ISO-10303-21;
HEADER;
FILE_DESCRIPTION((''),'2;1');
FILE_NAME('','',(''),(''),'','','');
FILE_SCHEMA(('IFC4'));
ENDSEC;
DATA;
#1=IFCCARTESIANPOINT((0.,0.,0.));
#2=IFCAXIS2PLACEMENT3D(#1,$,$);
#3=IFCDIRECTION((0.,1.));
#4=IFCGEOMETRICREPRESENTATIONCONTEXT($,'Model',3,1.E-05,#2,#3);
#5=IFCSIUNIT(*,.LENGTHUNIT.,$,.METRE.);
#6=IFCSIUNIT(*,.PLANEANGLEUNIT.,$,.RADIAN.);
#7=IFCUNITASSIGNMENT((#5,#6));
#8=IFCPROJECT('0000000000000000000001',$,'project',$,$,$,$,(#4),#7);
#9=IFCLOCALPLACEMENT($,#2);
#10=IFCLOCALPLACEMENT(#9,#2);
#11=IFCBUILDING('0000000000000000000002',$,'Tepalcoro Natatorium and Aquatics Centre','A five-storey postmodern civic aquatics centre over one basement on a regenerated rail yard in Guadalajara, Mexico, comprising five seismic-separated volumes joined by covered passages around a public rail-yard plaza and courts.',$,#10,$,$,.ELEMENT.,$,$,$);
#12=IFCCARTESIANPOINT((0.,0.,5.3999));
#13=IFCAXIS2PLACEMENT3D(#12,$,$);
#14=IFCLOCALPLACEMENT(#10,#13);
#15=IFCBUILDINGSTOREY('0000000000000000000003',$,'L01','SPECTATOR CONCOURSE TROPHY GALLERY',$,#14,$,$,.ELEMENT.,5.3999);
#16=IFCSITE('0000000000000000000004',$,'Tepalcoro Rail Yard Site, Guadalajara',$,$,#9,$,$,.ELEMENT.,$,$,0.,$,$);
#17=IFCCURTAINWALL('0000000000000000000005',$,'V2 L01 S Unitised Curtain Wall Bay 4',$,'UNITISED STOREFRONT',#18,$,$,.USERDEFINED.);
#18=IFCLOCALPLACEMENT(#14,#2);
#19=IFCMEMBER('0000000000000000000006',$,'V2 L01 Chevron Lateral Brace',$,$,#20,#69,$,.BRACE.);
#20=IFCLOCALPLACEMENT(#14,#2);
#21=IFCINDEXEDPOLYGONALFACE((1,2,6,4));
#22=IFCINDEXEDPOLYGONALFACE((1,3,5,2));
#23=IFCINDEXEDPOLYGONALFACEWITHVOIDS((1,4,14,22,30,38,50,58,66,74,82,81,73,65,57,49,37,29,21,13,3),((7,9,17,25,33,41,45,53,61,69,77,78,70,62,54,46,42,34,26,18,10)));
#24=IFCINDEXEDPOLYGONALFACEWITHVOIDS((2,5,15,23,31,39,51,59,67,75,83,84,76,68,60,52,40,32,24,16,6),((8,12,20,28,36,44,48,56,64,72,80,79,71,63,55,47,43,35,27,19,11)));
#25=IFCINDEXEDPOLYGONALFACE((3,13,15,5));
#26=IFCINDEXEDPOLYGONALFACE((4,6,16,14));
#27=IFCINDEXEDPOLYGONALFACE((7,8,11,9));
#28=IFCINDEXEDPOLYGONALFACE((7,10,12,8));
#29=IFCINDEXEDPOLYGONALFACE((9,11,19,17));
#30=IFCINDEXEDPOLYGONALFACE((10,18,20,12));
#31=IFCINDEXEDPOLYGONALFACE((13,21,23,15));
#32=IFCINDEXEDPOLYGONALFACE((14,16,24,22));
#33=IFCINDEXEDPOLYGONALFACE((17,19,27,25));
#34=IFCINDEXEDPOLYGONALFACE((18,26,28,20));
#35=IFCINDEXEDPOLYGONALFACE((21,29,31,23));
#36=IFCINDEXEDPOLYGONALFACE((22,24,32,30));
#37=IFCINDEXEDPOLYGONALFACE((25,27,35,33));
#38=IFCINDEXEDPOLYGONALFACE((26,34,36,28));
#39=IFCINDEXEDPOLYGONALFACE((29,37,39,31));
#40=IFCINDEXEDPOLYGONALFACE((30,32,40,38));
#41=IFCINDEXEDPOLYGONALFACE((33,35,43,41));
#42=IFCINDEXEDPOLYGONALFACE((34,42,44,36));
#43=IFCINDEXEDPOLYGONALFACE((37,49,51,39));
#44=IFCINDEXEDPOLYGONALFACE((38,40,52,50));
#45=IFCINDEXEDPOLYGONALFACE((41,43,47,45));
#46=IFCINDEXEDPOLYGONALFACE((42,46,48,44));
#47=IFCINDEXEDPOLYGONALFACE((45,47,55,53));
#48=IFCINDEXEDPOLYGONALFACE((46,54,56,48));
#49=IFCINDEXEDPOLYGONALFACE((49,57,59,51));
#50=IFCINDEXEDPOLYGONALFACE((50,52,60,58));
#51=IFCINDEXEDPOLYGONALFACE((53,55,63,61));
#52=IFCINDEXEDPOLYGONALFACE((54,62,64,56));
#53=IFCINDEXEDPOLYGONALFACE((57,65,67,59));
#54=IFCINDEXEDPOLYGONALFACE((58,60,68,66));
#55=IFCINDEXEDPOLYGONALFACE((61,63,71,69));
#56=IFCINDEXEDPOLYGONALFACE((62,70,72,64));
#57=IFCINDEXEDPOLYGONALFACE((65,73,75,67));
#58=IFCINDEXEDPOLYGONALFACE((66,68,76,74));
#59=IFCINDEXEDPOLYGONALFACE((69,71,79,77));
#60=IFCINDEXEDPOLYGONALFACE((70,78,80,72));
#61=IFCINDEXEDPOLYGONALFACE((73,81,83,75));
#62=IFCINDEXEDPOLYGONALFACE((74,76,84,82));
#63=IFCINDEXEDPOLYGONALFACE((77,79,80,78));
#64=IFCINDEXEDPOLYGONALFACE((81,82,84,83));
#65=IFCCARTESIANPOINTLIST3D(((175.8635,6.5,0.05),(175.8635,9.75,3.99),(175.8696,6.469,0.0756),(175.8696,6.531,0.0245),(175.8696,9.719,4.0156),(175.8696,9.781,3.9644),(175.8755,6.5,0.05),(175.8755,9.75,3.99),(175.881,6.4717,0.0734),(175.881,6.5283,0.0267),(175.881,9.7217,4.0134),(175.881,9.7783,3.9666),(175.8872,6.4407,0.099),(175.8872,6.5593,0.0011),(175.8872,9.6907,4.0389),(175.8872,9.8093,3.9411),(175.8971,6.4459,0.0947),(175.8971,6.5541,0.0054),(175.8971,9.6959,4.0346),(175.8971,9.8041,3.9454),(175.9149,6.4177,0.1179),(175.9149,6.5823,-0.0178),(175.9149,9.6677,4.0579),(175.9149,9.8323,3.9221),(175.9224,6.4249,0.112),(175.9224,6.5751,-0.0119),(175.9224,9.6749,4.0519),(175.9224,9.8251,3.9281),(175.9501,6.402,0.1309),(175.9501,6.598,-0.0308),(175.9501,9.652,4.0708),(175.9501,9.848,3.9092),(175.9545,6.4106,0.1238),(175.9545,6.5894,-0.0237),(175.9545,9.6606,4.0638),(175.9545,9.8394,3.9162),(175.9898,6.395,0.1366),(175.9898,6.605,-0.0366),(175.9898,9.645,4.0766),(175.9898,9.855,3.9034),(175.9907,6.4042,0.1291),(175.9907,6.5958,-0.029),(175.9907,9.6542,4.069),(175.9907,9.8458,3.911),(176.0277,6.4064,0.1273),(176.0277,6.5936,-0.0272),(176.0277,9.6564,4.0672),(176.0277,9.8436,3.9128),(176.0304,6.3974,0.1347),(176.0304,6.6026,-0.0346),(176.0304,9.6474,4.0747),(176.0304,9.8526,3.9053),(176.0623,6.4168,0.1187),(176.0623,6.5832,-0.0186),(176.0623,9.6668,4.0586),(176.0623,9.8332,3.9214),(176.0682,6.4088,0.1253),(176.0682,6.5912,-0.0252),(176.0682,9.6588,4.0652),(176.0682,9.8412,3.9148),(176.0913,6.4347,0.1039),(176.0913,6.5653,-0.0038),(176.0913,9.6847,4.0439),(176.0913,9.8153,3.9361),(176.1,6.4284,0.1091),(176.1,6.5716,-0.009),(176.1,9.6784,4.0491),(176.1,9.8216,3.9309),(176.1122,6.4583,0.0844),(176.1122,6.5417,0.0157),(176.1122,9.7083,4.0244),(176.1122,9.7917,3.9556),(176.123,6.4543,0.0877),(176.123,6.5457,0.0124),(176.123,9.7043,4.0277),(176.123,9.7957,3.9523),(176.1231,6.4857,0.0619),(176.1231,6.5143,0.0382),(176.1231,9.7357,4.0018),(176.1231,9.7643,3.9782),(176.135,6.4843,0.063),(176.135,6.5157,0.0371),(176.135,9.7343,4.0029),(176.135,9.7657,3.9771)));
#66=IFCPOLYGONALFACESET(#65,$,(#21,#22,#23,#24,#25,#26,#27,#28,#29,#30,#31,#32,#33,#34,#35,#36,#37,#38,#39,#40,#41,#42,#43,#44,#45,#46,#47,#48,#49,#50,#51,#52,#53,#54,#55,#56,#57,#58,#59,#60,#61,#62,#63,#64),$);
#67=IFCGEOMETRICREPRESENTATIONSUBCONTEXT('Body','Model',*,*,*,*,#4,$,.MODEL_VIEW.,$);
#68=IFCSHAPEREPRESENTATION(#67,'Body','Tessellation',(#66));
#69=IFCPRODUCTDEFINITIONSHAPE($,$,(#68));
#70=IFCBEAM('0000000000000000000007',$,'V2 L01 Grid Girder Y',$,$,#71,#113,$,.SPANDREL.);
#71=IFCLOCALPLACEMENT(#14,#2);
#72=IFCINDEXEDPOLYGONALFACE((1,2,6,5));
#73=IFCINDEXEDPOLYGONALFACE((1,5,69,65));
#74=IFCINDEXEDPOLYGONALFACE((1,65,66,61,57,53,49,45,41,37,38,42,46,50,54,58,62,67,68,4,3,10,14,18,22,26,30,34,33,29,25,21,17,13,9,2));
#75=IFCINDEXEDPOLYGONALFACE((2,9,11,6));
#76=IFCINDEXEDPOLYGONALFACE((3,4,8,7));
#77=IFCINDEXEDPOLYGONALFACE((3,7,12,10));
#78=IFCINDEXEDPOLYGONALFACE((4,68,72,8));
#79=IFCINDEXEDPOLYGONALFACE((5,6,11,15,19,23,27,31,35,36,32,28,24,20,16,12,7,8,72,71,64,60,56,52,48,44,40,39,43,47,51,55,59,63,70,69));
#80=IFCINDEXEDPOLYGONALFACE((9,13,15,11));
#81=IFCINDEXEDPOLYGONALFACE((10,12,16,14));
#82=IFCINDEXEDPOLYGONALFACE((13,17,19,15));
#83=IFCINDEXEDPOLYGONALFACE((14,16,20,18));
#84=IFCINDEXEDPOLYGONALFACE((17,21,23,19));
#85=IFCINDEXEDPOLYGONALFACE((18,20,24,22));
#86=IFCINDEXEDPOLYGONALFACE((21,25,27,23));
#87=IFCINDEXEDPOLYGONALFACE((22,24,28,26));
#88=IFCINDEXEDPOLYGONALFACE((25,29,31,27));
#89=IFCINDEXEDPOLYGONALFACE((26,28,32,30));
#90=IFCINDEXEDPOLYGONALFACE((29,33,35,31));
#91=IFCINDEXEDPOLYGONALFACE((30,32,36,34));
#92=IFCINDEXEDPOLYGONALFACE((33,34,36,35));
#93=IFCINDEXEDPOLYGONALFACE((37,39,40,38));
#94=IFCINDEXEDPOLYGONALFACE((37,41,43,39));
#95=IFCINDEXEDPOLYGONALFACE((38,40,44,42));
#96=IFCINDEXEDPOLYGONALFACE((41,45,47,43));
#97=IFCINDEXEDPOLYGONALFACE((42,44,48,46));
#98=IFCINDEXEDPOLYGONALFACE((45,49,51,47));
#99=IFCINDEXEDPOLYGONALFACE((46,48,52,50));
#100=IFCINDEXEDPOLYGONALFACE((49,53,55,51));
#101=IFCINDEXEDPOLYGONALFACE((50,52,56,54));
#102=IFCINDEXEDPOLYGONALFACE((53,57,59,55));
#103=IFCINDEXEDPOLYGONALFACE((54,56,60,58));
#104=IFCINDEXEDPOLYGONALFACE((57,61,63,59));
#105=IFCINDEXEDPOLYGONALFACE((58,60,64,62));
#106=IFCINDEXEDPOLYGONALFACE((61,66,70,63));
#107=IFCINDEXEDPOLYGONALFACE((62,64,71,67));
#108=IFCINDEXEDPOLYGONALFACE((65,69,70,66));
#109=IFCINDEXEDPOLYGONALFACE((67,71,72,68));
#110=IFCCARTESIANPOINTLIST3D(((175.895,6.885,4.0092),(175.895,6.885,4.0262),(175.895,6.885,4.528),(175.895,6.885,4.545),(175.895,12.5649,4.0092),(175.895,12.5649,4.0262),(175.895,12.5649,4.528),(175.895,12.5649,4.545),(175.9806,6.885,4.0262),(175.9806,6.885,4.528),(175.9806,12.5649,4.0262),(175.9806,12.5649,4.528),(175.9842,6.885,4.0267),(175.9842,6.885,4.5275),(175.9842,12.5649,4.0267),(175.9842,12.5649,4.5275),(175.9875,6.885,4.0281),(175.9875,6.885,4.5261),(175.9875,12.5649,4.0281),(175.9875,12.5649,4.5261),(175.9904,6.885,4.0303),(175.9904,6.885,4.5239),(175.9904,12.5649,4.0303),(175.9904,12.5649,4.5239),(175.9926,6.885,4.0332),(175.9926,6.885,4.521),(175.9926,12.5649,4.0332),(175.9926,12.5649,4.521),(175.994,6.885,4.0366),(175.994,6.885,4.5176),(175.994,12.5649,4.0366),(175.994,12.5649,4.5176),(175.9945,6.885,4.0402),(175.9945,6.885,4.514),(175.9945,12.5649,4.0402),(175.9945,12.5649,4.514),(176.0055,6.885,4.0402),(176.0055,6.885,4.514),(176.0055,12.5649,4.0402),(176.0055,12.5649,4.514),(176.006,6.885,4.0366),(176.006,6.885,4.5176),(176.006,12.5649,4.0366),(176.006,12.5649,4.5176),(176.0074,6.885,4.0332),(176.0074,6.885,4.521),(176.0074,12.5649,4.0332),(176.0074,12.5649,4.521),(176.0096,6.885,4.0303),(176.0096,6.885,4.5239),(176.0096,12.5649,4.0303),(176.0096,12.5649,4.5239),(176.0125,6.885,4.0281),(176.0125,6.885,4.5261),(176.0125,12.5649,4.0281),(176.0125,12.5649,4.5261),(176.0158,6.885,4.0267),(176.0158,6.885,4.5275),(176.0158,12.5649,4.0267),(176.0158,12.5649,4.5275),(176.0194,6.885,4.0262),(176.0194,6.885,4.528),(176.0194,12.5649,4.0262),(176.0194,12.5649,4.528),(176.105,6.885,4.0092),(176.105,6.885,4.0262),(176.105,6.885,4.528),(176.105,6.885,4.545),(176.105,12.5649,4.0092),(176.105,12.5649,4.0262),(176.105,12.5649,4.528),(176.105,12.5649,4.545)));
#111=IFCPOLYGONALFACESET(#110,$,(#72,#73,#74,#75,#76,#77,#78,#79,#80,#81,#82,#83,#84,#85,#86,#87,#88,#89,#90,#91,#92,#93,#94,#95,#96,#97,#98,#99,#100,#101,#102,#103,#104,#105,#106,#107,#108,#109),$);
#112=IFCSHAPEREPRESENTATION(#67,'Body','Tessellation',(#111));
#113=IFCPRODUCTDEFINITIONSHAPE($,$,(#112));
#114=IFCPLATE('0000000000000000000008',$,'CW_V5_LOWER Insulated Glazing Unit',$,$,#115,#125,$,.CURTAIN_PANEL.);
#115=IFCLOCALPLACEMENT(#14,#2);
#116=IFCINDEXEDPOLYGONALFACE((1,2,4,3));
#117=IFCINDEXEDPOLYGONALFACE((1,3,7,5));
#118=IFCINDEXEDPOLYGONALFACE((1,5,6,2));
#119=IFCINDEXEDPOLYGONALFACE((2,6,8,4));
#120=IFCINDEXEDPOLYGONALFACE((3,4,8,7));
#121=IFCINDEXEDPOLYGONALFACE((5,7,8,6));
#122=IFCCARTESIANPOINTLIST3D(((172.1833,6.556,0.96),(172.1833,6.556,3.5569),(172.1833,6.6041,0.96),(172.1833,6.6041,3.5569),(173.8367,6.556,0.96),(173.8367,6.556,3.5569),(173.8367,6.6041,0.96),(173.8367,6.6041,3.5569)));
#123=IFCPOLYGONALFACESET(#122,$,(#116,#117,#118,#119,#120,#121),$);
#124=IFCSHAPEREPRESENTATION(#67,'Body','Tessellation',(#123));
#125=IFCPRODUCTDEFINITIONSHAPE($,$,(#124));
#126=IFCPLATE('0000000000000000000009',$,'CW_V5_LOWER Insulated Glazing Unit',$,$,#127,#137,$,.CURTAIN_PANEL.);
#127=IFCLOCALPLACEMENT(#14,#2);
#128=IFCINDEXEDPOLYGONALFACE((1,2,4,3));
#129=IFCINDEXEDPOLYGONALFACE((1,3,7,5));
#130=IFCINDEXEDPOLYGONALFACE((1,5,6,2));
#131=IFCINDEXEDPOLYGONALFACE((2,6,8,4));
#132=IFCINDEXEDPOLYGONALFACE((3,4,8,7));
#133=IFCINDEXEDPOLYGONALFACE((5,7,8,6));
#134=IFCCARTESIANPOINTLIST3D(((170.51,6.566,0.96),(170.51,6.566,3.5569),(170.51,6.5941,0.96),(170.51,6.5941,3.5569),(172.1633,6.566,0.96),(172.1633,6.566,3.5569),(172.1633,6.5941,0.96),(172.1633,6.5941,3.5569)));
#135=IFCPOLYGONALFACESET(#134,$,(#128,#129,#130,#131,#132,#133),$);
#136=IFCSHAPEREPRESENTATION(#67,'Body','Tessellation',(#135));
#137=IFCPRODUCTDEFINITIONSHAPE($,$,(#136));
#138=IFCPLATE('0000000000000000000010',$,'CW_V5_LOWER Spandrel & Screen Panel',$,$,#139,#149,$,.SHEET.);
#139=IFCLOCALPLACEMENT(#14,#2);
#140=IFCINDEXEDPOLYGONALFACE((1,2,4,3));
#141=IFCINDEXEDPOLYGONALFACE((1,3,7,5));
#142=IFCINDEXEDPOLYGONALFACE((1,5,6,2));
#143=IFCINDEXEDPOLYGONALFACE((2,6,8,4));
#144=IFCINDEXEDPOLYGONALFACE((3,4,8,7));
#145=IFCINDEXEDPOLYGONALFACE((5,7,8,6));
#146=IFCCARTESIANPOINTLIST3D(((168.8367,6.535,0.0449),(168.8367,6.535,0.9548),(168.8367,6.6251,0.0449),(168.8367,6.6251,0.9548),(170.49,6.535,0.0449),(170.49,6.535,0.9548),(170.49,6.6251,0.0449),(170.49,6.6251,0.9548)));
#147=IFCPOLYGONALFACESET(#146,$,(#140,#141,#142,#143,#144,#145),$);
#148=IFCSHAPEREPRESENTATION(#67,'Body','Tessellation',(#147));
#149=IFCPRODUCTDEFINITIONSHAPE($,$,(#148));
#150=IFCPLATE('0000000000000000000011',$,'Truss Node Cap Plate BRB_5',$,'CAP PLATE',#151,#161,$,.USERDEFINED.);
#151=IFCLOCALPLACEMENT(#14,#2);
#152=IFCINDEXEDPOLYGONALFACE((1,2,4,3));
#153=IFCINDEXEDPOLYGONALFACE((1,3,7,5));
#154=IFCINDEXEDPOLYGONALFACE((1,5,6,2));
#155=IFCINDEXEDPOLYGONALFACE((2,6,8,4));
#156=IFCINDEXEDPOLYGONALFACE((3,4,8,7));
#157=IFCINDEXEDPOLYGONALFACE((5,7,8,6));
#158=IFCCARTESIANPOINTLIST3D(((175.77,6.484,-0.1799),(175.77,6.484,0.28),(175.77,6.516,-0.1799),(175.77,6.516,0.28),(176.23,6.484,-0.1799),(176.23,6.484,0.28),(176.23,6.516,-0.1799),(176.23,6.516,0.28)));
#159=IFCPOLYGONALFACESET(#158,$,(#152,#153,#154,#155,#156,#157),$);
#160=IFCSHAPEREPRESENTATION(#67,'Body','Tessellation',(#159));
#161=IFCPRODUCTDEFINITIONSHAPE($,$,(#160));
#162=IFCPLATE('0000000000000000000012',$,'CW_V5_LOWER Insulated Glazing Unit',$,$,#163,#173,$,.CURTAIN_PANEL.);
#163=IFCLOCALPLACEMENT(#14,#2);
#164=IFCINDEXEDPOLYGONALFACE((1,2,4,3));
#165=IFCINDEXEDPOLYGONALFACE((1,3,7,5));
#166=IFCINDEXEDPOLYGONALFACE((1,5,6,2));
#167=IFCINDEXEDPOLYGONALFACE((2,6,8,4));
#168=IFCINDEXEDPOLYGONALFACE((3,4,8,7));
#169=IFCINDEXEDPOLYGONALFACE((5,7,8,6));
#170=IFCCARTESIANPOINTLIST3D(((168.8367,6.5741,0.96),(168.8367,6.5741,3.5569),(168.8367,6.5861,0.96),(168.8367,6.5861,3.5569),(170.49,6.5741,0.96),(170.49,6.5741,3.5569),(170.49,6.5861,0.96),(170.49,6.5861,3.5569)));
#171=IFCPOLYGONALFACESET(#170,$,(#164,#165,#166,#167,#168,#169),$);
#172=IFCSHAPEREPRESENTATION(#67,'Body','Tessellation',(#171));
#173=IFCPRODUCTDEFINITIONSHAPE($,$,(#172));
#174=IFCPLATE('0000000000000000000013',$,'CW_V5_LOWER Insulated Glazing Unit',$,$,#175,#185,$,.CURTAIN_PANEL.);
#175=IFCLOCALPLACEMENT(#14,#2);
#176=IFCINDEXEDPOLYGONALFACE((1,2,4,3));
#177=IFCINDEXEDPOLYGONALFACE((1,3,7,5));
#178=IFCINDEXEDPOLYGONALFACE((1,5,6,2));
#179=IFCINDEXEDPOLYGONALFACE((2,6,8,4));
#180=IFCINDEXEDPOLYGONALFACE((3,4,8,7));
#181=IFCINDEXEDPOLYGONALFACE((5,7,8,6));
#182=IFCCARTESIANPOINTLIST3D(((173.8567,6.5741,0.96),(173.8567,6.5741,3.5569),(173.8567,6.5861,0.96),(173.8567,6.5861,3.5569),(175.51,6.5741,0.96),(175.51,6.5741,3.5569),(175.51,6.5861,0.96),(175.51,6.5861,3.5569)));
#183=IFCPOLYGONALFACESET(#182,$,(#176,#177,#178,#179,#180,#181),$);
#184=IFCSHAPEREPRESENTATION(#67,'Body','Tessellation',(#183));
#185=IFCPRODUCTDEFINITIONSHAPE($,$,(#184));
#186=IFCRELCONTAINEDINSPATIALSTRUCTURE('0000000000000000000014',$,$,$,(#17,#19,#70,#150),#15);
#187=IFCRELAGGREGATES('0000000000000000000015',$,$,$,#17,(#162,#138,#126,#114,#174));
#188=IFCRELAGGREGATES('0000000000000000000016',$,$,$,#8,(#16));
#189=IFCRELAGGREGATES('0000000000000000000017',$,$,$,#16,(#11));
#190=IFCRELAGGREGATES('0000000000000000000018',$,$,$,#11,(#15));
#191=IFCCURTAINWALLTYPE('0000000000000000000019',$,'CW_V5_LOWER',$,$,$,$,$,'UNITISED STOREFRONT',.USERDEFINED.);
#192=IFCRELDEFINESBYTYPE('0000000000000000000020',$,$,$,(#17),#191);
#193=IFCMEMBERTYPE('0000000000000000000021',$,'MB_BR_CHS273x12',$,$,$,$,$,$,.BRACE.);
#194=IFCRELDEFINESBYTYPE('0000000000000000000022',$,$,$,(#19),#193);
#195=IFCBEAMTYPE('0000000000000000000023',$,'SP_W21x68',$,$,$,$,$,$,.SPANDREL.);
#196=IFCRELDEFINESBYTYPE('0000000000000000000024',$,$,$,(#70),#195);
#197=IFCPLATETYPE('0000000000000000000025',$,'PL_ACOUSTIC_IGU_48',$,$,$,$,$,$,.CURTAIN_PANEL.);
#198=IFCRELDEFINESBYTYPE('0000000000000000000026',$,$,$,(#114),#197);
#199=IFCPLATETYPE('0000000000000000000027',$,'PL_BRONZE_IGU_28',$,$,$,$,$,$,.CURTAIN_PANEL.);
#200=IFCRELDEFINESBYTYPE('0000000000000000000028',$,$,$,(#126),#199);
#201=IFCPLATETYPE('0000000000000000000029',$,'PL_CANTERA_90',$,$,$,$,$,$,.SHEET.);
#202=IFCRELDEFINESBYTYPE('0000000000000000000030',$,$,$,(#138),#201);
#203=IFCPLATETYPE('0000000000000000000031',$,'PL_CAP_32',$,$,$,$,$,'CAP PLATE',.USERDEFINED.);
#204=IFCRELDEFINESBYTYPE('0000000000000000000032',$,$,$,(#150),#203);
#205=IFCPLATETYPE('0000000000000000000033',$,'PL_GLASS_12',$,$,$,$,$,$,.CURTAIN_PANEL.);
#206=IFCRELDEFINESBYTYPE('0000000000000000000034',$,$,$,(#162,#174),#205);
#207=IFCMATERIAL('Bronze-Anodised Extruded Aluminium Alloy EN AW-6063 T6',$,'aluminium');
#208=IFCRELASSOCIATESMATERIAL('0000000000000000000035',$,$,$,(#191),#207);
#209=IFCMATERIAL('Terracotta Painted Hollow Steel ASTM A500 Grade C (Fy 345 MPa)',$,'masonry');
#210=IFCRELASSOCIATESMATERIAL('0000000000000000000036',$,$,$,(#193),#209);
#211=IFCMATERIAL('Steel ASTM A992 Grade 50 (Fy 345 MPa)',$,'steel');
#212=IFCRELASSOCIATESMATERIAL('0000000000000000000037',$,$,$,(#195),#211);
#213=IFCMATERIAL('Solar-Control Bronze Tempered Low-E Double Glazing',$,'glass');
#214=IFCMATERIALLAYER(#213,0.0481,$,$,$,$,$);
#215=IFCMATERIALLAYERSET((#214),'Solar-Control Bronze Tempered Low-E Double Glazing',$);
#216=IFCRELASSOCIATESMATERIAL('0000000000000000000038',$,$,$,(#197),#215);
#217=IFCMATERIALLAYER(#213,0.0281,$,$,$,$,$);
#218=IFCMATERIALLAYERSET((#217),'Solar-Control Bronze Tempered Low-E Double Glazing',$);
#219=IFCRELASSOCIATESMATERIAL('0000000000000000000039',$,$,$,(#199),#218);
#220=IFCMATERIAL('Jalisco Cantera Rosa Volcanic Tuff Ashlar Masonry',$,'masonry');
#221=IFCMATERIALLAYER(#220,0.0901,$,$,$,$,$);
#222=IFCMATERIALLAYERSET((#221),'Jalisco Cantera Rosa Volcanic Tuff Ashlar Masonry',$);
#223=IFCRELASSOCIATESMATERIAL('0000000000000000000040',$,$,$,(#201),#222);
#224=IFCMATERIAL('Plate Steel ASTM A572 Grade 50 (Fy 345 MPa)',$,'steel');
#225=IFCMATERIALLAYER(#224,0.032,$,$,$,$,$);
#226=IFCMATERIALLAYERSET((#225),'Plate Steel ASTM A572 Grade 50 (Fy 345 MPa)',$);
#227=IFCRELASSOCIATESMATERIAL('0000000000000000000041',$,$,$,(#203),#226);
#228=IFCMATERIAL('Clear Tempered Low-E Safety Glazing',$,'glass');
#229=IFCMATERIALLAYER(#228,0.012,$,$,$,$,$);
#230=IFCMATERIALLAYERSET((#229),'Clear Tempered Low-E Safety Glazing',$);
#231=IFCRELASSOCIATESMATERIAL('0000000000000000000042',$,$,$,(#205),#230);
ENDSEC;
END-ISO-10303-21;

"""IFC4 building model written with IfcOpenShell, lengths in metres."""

from ifc_helpers import new_model, si_unit, direction, frame, origin, origin_2d, place, context, subcontext, project, spatial, rectangle, hollow_circle, i_section, extrude, material, layer, layer_set, material_profile, profile_set, type_object, element, aggregate, save


model = new_model("IFC4")

# Units and contexts
model_context = context("Model", 3, precision=1e-05, world=origin(), true_north=direction((0.0, 1.0)))
body_context = subcontext(model_context, "Body", "Model", "MODEL_VIEW")
ifc_project = project(units=[si_unit("LENGTHUNIT", "METRE"), si_unit("PLANEANGLEUNIT", "RADIAN")], contexts=[model_context])

# Site, building, storey
site_placement = place(None, origin())
site = spatial("IfcSite", under=ifc_project, at=site_placement, Name="Tepalcoro Rail Yard Site, Guadalajara", CompositionType="ELEMENT", RefElevation=0.0)
building_placement = place(site_placement, origin())
building = spatial("IfcBuilding", under=site, at=building_placement, Name="Tepalcoro Natatorium and Aquatics Centre", Description="A five-storey postmodern civic aquatics centre over one basement on a regenerated rail yard in Guadalajara, Mexico, comprising five seismic-separated volumes joined by covered passages around a public rail-yard plaza and courts.", CompositionType="ELEMENT")
storey_placement = place(building_placement, frame((0.0, 0.0, 5.3999)))
storey = spatial("IfcBuildingStorey", under=building, at=storey_placement, Name="L01", Description="SPECTATOR CONCOURSE TROPHY GALLERY", CompositionType="ELEMENT", Elevation=5.3999)

# Curtain wall
ifc_material_1 = material(Name="Bronze-Anodised Extruded Aluminium Alloy EN AW-6063 T6", Category="aluminium")
curtain_wall_type = type_object("IfcCurtainWallType", Name="CW_V5_LOWER", ElementType="UNITISED STOREFRONT", PredefinedType="USERDEFINED", material=ifc_material_1)
curtain_wall_placement = place(storey_placement, origin())
curtain_wall = element("IfcCurtainWall", 1, at=curtain_wall_placement, inside=storey, type_object=curtain_wall_type, Name="V2 L01 S Unitised Curtain Wall Bay 4", ObjectType="UNITISED STOREFRONT", PredefinedType="USERDEFINED")

# Shared definitions
ifc_material_2 = material(Name="Steel ASTM A992 Grade 50 (Fy 345 MPa)", Category="steel")

# Member
ifc_material_3 = material(Name="Terracotta Painted Hollow Steel ASTM A500 Grade C (Fy 345 MPa)", Category="masonry")
ifc_material_profile_1 = material_profile(ifc_material_3, hollow_circle(Radius=0.1365, WallThickness=0.012, at=origin_2d()), Name="CHS273X12")
ifc_profile_set_1 = profile_set([ifc_material_profile_1], Name="Terracotta Painted Hollow Steel ASTM A500 Grade C (Fy 345 MPa)")
member_type_1 = type_object("IfcMemberType", Name="MB_BR_CHS273x12", PredefinedType="BRACE", material=ifc_profile_set_1)
member_1_placement = place(storey_placement, frame((176.0, 6.5, 0.05), z_axis=(0.0, 0.63633, 0.771417), x_axis=(-1.0, 0.0, 0.0)))
element("IfcMember", 2, at=member_1_placement, inside=storey, type_object=member_type_1, Name="V2 L01 Chevron Lateral Brace", PredefinedType="BRACE", context=body_context, shape_type="SweptSolid", body=[
    extrude(hollow_circle(Radius=0.1365, WallThickness=0.012, at=origin_2d()), origin(), (0.0, 0.0, 1.0), 5.1074),
])

# Beam
ifc_material_profile_2 = material_profile(ifc_material_2, i_section(OverallWidth=0.21, OverallDepth=0.5359, WebThickness=0.011, FlangeThickness=0.0171, FilletRadius=0.0139, at=origin_2d()), Name="W21X68")
ifc_profile_set_2 = profile_set([ifc_material_profile_2], Name="Steel ASTM A992 Grade 50 (Fy 345 MPa)")
beam_type_1 = type_object("IfcBeamType", Name="SP_W21x68", PredefinedType="SPANDREL", material=ifc_profile_set_2)
beam_1_placement = place(storey_placement, frame((176.0, 6.885, 4.2771), z_axis=(0.0, 1.0, 0.0), x_axis=(-1.0, 0.0, 0.0)))
element("IfcBeam", 3, at=beam_1_placement, inside=storey, type_object=beam_type_1, Name="V2 L01 Grid Girder Y", PredefinedType="SPANDREL", context=body_context, shape_type="SweptSolid", body=[
    extrude(i_section(OverallWidth=0.21, OverallDepth=0.5359, WebThickness=0.011, FlangeThickness=0.0171, FilletRadius=0.0139, at=origin_2d()), origin(), (0.0, 0.0, 1.0), 5.6799),
])

# Plates
ifc_material_4 = material(Name="Solar-Control Bronze Tempered Low-E Double Glazing", Category="glass")
ifc_layer_1 = layer(ifc_material_4, 0.0481)
ifc_layer_set_1 = layer_set([ifc_layer_1], Name="Solar-Control Bronze Tempered Low-E Double Glazing")
plate_type_1 = type_object("IfcPlateType", Name="PL_ACOUSTIC_IGU_48", PredefinedType="CURTAIN_PANEL", material=ifc_layer_set_1)
plate_1_placement = place(storey_placement, frame((173.01, 6.5801, 0.96), z_axis=(0.0, 0.0, 1.0), x_axis=(1.0, 0.0, 0.0)))
plate_1 = element("IfcPlate", 4, at=plate_1_placement, type_object=plate_type_1, Name="CW_V5_LOWER Insulated Glazing Unit", PredefinedType="CURTAIN_PANEL", context=body_context, shape_type="SweptSolid", body=[
    extrude(rectangle(XDim=1.6533, YDim=0.0481, at=origin_2d()), origin(), (0.0, 0.0, 1.0), 2.5969),
])
ifc_layer_2 = layer(ifc_material_4, 0.0281)
ifc_layer_set_2 = layer_set([ifc_layer_2], Name="Solar-Control Bronze Tempered Low-E Double Glazing")
plate_type_2 = type_object("IfcPlateType", Name="PL_BRONZE_IGU_28", PredefinedType="CURTAIN_PANEL", material=ifc_layer_set_2)
plate_2_placement = place(storey_placement, frame((171.3367, 6.5801, 0.96), z_axis=(0.0, 0.0, 1.0), x_axis=(1.0, 0.0, 0.0)))
plate_2 = element("IfcPlate", 5, at=plate_2_placement, type_object=plate_type_2, Name="CW_V5_LOWER Insulated Glazing Unit", PredefinedType="CURTAIN_PANEL", context=body_context, shape_type="SweptSolid", body=[
    extrude(rectangle(XDim=1.6533, YDim=0.0281, at=origin_2d()), origin(), (0.0, 0.0, 1.0), 2.5969),
])
ifc_material_5 = material(Name="Jalisco Cantera Rosa Volcanic Tuff Ashlar Masonry", Category="masonry")
ifc_layer_3 = layer(ifc_material_5, 0.0901)
ifc_layer_set_3 = layer_set([ifc_layer_3], Name="Jalisco Cantera Rosa Volcanic Tuff Ashlar Masonry")
plate_type_3 = type_object("IfcPlateType", Name="PL_CANTERA_90", PredefinedType="SHEET", material=ifc_layer_set_3)
plate_3_placement = place(storey_placement, frame((169.6633, 6.5801, 0.0449), z_axis=(0.0, 0.0, 1.0), x_axis=(1.0, 0.0, 0.0)))
plate_3 = element("IfcPlate", 6, at=plate_3_placement, type_object=plate_type_3, Name="CW_V5_LOWER Spandrel & Screen Panel", PredefinedType="SHEET", context=body_context, shape_type="SweptSolid", body=[
    extrude(rectangle(XDim=1.6533, YDim=0.0901, at=origin_2d()), origin(), (0.0, 0.0, 1.0), 0.9099),
])
ifc_material_6 = material(Name="Plate Steel ASTM A572 Grade 50 (Fy 345 MPa)", Category="steel")
ifc_layer_4 = layer(ifc_material_6, 0.032)
ifc_layer_set_4 = layer_set([ifc_layer_4], Name="Plate Steel ASTM A572 Grade 50 (Fy 345 MPa)")
plate_type_4 = type_object("IfcPlateType", Name="PL_CAP_32", ElementType="CAP PLATE", PredefinedType="USERDEFINED", material=ifc_layer_set_4)
plate_4_placement = place(storey_placement, frame((176.0, 6.5, -0.1799), z_axis=(0.0, 0.0, 1.0), x_axis=(1.0, 0.0, 0.0)))
element("IfcPlate", 7, at=plate_4_placement, inside=storey, type_object=plate_type_4, Name="Truss Node Cap Plate BRB_5", ObjectType="CAP PLATE", PredefinedType="USERDEFINED", context=body_context, shape_type="SweptSolid", body=[
    extrude(rectangle(XDim=0.46, YDim=0.032, at=origin_2d()), origin(), (0.0, 0.0, 1.0), 0.46),
])
ifc_material_7 = material(Name="Clear Tempered Low-E Safety Glazing", Category="glass")
ifc_layer_5 = layer(ifc_material_7, 0.012)
ifc_layer_set_5 = layer_set([ifc_layer_5], Name="Clear Tempered Low-E Safety Glazing")
plate_type_5 = type_object("IfcPlateType", Name="PL_GLASS_12", PredefinedType="CURTAIN_PANEL", material=ifc_layer_set_5)
plate_5_placement = place(storey_placement, frame((169.6633, 6.5801, 0.96), z_axis=(0.0, 0.0, 1.0), x_axis=(1.0, 0.0, 0.0)))
plate_5 = element("IfcPlate", 8, at=plate_5_placement, type_object=plate_type_5, Name="CW_V5_LOWER Insulated Glazing Unit", PredefinedType="CURTAIN_PANEL", context=body_context, shape_type="SweptSolid", body=[
    extrude(rectangle(XDim=1.6533, YDim=0.012, at=origin_2d()), origin(), (0.0, 0.0, 1.0), 2.5969),
])
plate_6_placement = place(storey_placement, frame((174.6833, 6.5801, 0.96), z_axis=(0.0, 0.0, 1.0), x_axis=(1.0, 0.0, 0.0)))
plate_6 = element("IfcPlate", 9, at=plate_6_placement, type_object=plate_type_5, Name="CW_V5_LOWER Insulated Glazing Unit", PredefinedType="CURTAIN_PANEL", context=body_context, shape_type="SweptSolid", body=[
    extrude(rectangle(XDim=1.6533, YDim=0.012, at=origin_2d()), origin(), (0.0, 0.0, 1.0), 2.5969),
])
aggregate(curtain_wall, [plate_5, plate_3, plate_2, plate_1, plate_6])

save(model, "model.ifc")
